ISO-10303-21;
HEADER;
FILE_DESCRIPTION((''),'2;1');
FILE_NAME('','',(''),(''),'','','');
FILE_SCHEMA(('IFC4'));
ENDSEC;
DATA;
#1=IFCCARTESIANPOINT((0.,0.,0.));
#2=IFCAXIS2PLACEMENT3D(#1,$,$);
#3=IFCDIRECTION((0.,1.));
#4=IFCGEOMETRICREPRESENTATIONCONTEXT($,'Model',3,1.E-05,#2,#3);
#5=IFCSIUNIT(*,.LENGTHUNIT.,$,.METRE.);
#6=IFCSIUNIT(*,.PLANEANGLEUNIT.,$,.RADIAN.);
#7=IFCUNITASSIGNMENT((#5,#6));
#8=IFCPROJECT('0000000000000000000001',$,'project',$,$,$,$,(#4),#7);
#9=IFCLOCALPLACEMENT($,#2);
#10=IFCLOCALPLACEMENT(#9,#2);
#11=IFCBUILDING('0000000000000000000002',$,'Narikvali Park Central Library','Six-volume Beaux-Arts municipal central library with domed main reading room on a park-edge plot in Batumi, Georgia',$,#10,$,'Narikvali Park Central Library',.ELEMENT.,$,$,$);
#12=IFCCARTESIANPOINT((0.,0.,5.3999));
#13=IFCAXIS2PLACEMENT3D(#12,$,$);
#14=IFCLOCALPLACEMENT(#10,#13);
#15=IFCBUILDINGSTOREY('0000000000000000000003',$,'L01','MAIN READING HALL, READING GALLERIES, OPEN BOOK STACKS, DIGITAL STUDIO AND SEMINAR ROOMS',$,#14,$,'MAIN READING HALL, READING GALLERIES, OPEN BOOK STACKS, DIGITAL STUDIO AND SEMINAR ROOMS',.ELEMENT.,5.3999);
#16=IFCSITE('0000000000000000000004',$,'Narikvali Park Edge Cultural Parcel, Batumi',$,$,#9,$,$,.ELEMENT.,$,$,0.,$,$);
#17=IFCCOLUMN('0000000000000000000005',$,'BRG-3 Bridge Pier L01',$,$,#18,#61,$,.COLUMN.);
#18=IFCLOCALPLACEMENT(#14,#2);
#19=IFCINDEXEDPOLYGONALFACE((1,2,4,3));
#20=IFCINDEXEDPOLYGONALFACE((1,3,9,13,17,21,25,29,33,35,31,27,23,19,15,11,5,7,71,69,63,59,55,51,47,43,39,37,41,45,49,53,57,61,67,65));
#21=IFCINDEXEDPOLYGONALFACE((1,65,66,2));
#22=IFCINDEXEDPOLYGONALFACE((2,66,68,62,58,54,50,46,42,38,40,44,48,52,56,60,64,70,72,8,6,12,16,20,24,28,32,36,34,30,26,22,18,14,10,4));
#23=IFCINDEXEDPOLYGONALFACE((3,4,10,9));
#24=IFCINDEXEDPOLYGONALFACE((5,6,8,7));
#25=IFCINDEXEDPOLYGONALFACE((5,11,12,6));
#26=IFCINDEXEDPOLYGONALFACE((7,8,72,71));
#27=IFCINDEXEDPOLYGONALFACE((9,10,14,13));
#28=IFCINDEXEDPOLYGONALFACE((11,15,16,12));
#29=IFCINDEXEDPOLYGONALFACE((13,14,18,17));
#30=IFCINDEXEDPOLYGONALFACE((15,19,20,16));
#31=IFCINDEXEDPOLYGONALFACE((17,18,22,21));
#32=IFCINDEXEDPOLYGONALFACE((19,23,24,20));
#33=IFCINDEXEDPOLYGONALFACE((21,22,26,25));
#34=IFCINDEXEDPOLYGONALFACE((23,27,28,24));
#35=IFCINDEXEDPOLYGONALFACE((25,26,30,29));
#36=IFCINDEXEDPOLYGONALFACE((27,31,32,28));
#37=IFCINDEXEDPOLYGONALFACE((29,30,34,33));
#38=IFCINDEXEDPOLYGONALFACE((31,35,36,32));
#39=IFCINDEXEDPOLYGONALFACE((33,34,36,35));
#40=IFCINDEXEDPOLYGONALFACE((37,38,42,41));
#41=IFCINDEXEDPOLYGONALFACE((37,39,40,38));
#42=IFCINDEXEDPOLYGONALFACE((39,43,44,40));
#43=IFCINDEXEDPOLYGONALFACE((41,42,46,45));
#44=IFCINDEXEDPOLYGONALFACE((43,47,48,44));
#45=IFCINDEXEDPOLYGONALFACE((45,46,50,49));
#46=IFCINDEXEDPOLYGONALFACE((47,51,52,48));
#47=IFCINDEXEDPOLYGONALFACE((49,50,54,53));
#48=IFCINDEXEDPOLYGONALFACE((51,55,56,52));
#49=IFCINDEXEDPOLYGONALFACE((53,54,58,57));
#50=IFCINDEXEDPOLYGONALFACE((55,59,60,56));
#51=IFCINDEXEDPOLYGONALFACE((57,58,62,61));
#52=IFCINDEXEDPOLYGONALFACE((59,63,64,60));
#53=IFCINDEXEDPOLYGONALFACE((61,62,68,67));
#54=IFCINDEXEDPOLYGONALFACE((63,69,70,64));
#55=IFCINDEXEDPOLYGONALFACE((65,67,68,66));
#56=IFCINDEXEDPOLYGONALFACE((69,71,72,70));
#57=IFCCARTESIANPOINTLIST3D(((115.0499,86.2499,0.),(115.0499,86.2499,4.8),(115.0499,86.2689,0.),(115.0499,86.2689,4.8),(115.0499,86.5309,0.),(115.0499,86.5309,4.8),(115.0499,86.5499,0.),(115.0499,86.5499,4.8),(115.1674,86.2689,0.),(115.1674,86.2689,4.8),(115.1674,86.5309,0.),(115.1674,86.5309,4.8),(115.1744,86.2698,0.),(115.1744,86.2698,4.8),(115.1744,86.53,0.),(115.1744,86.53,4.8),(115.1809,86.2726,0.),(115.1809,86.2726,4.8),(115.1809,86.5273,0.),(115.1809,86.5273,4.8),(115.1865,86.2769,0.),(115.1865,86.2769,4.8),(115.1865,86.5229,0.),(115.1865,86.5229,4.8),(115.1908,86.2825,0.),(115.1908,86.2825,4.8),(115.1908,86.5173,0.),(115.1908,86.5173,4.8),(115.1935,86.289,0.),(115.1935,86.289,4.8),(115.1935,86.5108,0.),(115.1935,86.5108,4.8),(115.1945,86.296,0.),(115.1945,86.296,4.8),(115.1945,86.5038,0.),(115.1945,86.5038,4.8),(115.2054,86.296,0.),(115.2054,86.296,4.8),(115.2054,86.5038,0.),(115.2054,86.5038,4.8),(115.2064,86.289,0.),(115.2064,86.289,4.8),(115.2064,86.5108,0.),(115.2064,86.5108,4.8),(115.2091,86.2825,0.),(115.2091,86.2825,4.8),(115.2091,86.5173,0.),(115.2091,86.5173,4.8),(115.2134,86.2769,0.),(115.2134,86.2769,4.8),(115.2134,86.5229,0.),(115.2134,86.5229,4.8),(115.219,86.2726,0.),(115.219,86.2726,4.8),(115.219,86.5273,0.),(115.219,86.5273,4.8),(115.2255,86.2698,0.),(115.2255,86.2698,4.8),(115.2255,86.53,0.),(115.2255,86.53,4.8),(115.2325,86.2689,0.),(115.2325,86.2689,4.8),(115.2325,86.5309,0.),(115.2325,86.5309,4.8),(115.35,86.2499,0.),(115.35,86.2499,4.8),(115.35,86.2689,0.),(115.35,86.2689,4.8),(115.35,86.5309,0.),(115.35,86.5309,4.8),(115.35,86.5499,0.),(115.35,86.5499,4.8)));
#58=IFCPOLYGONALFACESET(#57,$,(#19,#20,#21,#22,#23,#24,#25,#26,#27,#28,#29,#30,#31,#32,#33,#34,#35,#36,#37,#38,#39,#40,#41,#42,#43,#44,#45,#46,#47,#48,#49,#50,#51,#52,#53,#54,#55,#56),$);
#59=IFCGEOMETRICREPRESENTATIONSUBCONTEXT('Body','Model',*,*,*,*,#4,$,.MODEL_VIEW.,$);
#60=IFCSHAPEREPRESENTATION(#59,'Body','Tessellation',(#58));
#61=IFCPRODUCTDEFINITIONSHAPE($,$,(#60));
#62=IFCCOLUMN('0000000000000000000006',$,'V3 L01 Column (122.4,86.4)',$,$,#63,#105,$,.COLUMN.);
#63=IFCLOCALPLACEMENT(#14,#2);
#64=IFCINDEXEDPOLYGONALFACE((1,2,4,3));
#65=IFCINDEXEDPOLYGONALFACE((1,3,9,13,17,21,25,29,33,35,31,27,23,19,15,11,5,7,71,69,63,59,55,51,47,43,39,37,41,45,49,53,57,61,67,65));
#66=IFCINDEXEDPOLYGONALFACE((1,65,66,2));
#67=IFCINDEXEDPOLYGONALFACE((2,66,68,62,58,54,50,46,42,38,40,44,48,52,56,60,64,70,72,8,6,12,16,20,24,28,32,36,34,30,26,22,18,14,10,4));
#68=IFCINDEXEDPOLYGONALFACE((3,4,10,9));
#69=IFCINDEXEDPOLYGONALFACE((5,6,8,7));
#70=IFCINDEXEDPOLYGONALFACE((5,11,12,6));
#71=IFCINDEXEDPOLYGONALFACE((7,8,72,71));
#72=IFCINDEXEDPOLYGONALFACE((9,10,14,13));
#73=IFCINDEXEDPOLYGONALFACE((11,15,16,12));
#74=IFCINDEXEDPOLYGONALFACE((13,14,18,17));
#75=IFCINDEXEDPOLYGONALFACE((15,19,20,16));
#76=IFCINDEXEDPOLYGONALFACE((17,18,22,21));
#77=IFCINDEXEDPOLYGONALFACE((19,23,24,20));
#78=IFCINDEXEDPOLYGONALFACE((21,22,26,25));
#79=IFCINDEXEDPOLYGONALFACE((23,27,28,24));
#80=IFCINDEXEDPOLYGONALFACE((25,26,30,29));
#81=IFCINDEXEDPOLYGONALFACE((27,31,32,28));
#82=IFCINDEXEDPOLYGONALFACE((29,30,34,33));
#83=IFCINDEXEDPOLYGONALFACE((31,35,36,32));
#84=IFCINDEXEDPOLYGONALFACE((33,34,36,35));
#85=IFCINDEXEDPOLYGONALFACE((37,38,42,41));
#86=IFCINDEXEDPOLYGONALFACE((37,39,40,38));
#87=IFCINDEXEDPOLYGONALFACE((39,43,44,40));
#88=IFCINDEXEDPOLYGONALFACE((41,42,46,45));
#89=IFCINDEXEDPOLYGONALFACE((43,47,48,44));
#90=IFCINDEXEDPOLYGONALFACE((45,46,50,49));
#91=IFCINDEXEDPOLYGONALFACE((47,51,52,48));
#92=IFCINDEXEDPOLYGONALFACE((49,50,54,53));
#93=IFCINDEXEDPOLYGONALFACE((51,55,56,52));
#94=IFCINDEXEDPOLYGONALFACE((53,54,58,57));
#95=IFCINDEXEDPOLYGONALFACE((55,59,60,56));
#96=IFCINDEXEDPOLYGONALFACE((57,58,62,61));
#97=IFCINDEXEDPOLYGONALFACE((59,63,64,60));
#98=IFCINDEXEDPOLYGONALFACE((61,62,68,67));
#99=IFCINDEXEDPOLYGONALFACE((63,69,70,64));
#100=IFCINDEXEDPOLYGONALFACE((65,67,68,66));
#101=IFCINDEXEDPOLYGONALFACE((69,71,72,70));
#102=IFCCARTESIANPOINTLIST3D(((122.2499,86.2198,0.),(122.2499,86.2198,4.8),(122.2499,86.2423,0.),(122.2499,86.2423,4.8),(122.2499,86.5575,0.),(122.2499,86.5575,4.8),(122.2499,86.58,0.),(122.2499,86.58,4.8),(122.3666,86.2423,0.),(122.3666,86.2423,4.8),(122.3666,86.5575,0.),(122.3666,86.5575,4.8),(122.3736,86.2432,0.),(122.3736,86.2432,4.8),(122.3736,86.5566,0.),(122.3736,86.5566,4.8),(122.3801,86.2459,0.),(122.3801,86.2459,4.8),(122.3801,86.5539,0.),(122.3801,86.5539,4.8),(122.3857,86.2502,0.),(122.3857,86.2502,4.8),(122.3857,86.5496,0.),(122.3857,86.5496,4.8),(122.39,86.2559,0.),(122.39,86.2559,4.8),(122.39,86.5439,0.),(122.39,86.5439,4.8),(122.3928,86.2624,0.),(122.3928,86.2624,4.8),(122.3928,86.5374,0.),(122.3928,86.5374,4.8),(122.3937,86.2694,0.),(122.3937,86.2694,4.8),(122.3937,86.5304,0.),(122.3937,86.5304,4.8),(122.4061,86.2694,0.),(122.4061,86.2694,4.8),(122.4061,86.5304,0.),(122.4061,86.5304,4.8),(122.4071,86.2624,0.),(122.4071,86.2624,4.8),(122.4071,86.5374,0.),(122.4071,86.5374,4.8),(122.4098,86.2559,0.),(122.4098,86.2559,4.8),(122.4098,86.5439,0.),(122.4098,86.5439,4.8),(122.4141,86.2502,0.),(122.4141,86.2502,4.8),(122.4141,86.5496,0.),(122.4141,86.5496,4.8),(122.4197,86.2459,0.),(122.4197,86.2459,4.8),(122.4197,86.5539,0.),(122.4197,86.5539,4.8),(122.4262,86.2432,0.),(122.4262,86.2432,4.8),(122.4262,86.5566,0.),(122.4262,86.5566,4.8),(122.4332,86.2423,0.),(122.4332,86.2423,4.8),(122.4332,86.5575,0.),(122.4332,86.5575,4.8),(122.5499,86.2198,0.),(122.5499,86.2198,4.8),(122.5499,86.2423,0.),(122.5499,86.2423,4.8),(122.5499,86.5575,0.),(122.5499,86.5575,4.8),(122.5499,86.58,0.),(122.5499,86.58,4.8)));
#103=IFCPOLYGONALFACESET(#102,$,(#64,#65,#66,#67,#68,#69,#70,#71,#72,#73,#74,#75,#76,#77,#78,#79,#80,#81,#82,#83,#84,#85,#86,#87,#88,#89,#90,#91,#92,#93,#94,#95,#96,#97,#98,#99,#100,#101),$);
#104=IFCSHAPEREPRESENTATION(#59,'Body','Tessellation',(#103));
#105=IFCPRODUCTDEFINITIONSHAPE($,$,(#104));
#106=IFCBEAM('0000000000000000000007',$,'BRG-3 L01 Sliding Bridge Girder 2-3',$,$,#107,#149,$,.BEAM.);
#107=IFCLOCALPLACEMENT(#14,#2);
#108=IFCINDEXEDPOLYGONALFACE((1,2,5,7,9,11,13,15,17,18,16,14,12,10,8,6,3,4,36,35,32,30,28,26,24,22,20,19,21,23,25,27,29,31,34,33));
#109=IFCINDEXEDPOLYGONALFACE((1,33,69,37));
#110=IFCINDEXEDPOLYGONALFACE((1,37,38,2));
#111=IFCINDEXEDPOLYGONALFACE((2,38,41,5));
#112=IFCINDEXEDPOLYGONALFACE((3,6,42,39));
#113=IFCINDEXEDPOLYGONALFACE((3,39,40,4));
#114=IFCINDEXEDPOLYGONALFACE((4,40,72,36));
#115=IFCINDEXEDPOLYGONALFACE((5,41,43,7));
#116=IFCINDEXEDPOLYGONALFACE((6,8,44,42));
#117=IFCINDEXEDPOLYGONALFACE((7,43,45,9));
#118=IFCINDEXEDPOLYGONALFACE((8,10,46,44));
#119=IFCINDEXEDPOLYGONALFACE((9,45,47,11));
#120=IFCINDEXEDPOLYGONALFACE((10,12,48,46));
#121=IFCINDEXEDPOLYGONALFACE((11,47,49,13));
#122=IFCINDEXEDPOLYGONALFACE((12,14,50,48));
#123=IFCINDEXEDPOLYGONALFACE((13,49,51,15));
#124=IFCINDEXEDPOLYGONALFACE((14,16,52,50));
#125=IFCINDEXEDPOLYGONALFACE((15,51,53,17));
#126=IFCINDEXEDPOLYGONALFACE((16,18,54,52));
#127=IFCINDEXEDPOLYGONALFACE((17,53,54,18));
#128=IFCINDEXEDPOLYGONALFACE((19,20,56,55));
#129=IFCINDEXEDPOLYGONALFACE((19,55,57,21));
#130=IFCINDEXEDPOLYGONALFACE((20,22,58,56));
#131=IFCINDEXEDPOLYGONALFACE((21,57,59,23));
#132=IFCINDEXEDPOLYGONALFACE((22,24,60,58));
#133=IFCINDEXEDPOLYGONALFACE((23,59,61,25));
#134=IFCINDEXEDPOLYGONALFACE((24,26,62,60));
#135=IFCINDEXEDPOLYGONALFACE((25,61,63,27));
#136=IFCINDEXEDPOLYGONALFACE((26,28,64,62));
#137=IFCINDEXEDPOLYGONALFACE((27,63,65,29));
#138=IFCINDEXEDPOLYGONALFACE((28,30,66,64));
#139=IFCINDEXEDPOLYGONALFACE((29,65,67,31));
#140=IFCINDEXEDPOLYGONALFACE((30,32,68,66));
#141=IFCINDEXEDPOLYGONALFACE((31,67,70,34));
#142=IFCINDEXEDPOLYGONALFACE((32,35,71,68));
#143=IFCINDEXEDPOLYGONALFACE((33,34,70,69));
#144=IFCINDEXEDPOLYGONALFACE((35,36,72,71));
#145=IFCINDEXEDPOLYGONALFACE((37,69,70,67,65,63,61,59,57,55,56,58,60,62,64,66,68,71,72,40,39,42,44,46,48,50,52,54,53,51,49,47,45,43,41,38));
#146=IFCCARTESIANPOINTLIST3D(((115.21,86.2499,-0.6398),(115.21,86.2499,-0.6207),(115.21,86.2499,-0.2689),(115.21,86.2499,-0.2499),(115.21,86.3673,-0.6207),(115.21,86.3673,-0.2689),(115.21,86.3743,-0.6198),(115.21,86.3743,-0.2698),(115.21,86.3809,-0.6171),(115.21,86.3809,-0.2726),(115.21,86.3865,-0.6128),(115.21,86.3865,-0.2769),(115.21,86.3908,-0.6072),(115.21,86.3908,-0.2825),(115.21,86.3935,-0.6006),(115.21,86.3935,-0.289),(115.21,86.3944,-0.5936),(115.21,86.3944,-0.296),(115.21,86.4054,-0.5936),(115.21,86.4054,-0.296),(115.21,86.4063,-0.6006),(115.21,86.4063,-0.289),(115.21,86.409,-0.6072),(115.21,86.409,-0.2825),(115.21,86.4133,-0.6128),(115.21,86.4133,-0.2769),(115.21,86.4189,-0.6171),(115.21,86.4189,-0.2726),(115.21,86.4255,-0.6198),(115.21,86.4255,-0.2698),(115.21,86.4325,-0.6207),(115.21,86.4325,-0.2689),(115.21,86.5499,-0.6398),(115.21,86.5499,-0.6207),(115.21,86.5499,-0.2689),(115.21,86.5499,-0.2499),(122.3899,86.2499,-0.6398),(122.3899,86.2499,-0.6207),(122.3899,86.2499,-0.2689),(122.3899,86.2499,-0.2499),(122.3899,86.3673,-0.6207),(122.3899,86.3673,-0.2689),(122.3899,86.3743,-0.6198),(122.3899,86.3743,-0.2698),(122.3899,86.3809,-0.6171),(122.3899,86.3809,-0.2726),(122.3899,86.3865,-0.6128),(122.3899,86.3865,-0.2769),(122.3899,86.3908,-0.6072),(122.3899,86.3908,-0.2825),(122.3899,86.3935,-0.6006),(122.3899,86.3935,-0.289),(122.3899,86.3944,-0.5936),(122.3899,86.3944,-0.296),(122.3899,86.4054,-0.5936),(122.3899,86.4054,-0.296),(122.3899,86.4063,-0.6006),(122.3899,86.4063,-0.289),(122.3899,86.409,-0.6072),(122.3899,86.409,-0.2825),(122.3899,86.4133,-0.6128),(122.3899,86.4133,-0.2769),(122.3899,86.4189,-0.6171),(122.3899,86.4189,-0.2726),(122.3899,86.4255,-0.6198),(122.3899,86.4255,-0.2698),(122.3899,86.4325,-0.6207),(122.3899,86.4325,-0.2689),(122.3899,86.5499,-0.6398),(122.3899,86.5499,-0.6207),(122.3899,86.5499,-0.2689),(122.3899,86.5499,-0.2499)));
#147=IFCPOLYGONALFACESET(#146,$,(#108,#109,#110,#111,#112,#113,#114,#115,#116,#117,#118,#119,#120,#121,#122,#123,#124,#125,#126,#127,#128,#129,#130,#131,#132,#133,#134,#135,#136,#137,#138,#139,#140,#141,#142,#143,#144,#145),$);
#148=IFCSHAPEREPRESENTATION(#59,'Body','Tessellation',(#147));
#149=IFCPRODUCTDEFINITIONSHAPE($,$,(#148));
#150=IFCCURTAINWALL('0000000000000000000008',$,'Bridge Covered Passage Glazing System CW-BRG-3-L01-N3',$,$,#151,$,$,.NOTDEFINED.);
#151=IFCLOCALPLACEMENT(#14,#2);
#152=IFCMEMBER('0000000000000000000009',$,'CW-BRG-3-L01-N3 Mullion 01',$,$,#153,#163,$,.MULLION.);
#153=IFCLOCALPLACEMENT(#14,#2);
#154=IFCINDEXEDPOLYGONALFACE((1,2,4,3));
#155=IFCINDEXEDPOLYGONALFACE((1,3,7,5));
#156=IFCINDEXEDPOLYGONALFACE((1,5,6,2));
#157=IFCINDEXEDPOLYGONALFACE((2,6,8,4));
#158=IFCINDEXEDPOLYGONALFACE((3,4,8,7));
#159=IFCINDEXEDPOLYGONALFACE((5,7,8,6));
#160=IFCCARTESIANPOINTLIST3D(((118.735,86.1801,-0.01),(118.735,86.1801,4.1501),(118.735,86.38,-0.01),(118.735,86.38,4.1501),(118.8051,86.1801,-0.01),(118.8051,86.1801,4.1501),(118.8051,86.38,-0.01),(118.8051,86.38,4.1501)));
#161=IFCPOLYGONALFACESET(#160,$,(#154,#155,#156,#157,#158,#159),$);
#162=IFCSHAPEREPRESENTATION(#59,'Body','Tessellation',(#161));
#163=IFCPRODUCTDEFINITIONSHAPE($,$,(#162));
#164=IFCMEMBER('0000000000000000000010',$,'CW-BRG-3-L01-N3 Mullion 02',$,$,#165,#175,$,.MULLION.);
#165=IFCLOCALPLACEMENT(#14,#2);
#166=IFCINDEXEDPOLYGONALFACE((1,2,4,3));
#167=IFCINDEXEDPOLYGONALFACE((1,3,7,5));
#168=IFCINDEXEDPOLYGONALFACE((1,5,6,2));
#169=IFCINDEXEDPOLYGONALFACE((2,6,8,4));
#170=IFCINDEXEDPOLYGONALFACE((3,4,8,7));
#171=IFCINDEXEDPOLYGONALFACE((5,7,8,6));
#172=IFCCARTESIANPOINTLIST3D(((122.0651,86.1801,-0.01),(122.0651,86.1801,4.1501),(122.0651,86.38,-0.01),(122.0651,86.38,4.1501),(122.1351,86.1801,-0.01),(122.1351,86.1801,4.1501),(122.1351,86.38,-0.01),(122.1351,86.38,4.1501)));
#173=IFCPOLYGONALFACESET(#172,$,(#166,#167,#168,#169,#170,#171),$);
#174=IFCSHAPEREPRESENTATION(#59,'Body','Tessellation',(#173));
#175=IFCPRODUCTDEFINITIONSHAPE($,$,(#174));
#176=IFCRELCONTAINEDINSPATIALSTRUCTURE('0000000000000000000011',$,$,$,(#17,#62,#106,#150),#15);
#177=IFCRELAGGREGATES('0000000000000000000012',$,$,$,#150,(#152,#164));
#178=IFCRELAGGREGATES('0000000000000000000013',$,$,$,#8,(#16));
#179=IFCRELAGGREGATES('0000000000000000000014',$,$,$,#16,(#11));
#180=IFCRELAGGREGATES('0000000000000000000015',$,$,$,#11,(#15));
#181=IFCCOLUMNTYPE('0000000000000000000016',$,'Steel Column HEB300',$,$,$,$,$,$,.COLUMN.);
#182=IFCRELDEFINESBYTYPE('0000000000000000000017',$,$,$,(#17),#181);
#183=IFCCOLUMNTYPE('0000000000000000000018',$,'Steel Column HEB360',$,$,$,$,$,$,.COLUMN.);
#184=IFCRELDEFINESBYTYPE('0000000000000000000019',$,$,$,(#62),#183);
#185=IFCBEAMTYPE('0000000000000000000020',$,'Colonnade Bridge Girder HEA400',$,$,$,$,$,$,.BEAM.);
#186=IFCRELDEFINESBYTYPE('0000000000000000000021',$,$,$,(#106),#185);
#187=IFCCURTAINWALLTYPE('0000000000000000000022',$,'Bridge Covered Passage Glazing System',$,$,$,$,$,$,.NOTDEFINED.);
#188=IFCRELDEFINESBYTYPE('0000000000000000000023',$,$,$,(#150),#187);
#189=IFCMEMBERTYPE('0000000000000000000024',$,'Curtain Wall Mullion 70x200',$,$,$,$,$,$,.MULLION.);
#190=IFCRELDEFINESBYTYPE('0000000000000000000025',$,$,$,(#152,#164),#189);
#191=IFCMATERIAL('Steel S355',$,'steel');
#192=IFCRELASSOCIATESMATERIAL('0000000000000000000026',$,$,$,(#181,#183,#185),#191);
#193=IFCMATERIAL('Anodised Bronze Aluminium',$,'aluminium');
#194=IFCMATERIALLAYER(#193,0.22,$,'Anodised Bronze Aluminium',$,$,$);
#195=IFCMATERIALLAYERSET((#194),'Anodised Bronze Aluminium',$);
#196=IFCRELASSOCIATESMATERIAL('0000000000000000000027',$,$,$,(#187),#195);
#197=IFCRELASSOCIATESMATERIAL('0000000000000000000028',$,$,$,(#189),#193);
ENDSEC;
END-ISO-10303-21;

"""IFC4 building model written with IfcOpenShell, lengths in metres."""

from ifc_helpers import new_model, si_unit, direction, frame, origin, origin_2d, place, context, subcontext, project, spatial, rectangle, i_section, extrude, material, layer, layer_set, material_profile, profile_set, type_object, element, aggregate, save


model = new_model("IFC4")

# Units and contexts
model_context = context("Model", 3, precision=1e-05, world=origin(), true_north=direction((0.0, 1.0)))
body_context = subcontext(model_context, "Body", "Model", "MODEL_VIEW")
ifc_project = project(units=[si_unit("LENGTHUNIT", "METRE"), si_unit("PLANEANGLEUNIT", "RADIAN")], contexts=[model_context])

# Site, building, storey
site_placement = place(None, origin())
site = spatial("IfcSite", under=ifc_project, at=site_placement, Name="Narikvali Park Edge Cultural Parcel, Batumi", CompositionType="ELEMENT", RefElevation=0.0)
building_placement = place(site_placement, origin())
building = spatial("IfcBuilding", under=site, at=building_placement, Name="Narikvali Park Central Library", Description="Six-volume Beaux-Arts municipal central library with domed main reading room on a park-edge plot in Batumi, Georgia", LongName="Narikvali Park Central Library", CompositionType="ELEMENT")
storey_placement = place(building_placement, frame((0.0, 0.0, 5.3999)))
storey = spatial("IfcBuildingStorey", under=building, at=storey_placement, Name="L01", Description="MAIN READING HALL, READING GALLERIES, OPEN BOOK STACKS, DIGITAL STUDIO AND SEMINAR ROOMS", LongName="MAIN READING HALL, READING GALLERIES, OPEN BOOK STACKS, DIGITAL STUDIO AND SEMINAR ROOMS", CompositionType="ELEMENT", Elevation=5.3999)

# Columns
ifc_material_1 = material(Name="Steel S355", Category="steel")
ifc_material_profile_1 = material_profile(ifc_material_1, i_section(OverallWidth=0.3, OverallDepth=0.3, WebThickness=0.011, FlangeThickness=0.019, FilletRadius=0.0271, at=origin_2d()), Name="HEB 300")
ifc_profile_set_1 = profile_set([ifc_material_profile_1], Name="Steel S355")
column_type_1 = type_object("IfcColumnType", Name="Steel Column HEB300", PredefinedType="COLUMN", material=ifc_profile_set_1)
column_1_placement = place(storey_placement, frame((115.2, 86.3999, 0.0), z_axis=(0.0, 0.0, 1.0), x_axis=(1.0, 0.0, 0.0)))
element("IfcColumn", 1, at=column_1_placement, inside=storey, type_object=column_type_1, Name="BRG-3 Bridge Pier L01", PredefinedType="COLUMN", context=body_context, shape_type="SweptSolid", body=[
    extrude(i_section(OverallWidth=0.3, OverallDepth=0.3, WebThickness=0.011, FlangeThickness=0.019, FilletRadius=0.0271, at=origin_2d()), origin(), (0.0, 0.0, 1.0), 4.8),
])
ifc_material_profile_2 = material_profile(ifc_material_1, i_section(OverallWidth=0.3, OverallDepth=0.3601, WebThickness=0.0125, FlangeThickness=0.0225, FilletRadius=0.0271, at=origin_2d()), Name="HEB 360")
ifc_profile_set_2 = profile_set([ifc_material_profile_2], Name="Steel S355")
column_type_2 = type_object("IfcColumnType", Name="Steel Column HEB360", PredefinedType="COLUMN", material=ifc_profile_set_2)
column_2_placement = place(storey_placement, frame((122.3999, 86.3999, 0.0), z_axis=(0.0, 0.0, 1.0), x_axis=(1.0, 0.0, 0.0)))
element("IfcColumn", 2, at=column_2_placement, inside=storey, type_object=column_type_2, Name="V3 L01 Column (122.4,86.4)", PredefinedType="COLUMN", context=body_context, shape_type="SweptSolid", body=[
    extrude(i_section(OverallWidth=0.3, OverallDepth=0.3601, WebThickness=0.0125, FlangeThickness=0.0225, FilletRadius=0.0271, at=origin_2d()), origin(), (0.0, 0.0, 1.0), 4.8),
])

# Beam
ifc_material_profile_3 = material_profile(ifc_material_1, i_section(OverallWidth=0.3, OverallDepth=0.3899, WebThickness=0.011, FlangeThickness=0.019, FilletRadius=0.0271, at=origin_2d()), Name="HEA 400")
ifc_profile_set_3 = profile_set([ifc_material_profile_3], Name="Steel S355")
beam_type_1 = type_object("IfcBeamType", Name="Colonnade Bridge Girder HEA400", PredefinedType="BEAM", material=ifc_profile_set_3)
beam_1_placement = place(storey_placement, frame((115.21, 86.3999, -0.4448), z_axis=(1.0, 0.0, 0.0), x_axis=(0.0, 1.0, 0.0)))
element("IfcBeam", 3, at=beam_1_placement, inside=storey, type_object=beam_type_1, Name="BRG-3 L01 Sliding Bridge Girder 2-3", PredefinedType="BEAM", context=body_context, shape_type="SweptSolid", body=[
    extrude(i_section(OverallWidth=0.3, OverallDepth=0.3899, WebThickness=0.011, FlangeThickness=0.019, FilletRadius=0.0271, at=origin_2d()), origin(), (0.0, 0.0, 1.0), 7.1799),
])

# Curtain wall, members
ifc_material_2 = material(Name="Anodised Bronze Aluminium", Category="aluminium")
ifc_layer_1 = layer(ifc_material_2, 0.22, Name="Anodised Bronze Aluminium")
ifc_layer_set_1 = layer_set([ifc_layer_1], Name="Anodised Bronze Aluminium")
curtain_wall_type = type_object("IfcCurtainWallType", Name="Bridge Covered Passage Glazing System", PredefinedType="NOTDEFINED", material=ifc_layer_set_1)
curtain_wall_placement = place(storey_placement, origin())
curtain_wall = element("IfcCurtainWall", 4, at=curtain_wall_placement, inside=storey, type_object=curtain_wall_type, Name="Bridge Covered Passage Glazing System CW-BRG-3-L01-N3", PredefinedType="NOTDEFINED")
ifc_material_profile_4 = material_profile(ifc_material_2, rectangle(XDim=0.0701, YDim=0.2, at=origin_2d()), Name="CW MULLION 70x200")
ifc_profile_set_4 = profile_set([ifc_material_profile_4], Name="Anodised Bronze Aluminium")
member_type = type_object("IfcMemberType", Name="Curtain Wall Mullion 70x200", PredefinedType="MULLION", material=ifc_profile_set_4)
member_1_placement = place(storey_placement, frame((118.77, 86.28, -0.01), z_axis=(0.0, 0.0, 1.0), x_axis=(1.0, 0.0, 0.0)))
member_1 = element("IfcMember", 5, at=member_1_placement, type_object=member_type, Name="CW-BRG-3-L01-N3 Mullion 01", PredefinedType="MULLION", context=body_context, shape_type="SweptSolid", body=[
    extrude(rectangle(XDim=0.0701, YDim=0.2, at=origin_2d()), origin(), (0.0, 0.0, 1.0), 4.1602),
])
member_2_placement = place(storey_placement, frame((122.1001, 86.28, -0.01), z_axis=(0.0, 0.0, 1.0), x_axis=(1.0, 0.0, 0.0)))
member_2 = element("IfcMember", 6, at=member_2_placement, type_object=member_type, Name="CW-BRG-3-L01-N3 Mullion 02", PredefinedType="MULLION", context=body_context, shape_type="SweptSolid", body=[
    extrude(rectangle(XDim=0.0701, YDim=0.2, at=origin_2d()), origin(), (0.0, 0.0, 1.0), 4.1602),
])

aggregate(curtain_wall, [member_1, member_2])

save(model, "model.ifc")
